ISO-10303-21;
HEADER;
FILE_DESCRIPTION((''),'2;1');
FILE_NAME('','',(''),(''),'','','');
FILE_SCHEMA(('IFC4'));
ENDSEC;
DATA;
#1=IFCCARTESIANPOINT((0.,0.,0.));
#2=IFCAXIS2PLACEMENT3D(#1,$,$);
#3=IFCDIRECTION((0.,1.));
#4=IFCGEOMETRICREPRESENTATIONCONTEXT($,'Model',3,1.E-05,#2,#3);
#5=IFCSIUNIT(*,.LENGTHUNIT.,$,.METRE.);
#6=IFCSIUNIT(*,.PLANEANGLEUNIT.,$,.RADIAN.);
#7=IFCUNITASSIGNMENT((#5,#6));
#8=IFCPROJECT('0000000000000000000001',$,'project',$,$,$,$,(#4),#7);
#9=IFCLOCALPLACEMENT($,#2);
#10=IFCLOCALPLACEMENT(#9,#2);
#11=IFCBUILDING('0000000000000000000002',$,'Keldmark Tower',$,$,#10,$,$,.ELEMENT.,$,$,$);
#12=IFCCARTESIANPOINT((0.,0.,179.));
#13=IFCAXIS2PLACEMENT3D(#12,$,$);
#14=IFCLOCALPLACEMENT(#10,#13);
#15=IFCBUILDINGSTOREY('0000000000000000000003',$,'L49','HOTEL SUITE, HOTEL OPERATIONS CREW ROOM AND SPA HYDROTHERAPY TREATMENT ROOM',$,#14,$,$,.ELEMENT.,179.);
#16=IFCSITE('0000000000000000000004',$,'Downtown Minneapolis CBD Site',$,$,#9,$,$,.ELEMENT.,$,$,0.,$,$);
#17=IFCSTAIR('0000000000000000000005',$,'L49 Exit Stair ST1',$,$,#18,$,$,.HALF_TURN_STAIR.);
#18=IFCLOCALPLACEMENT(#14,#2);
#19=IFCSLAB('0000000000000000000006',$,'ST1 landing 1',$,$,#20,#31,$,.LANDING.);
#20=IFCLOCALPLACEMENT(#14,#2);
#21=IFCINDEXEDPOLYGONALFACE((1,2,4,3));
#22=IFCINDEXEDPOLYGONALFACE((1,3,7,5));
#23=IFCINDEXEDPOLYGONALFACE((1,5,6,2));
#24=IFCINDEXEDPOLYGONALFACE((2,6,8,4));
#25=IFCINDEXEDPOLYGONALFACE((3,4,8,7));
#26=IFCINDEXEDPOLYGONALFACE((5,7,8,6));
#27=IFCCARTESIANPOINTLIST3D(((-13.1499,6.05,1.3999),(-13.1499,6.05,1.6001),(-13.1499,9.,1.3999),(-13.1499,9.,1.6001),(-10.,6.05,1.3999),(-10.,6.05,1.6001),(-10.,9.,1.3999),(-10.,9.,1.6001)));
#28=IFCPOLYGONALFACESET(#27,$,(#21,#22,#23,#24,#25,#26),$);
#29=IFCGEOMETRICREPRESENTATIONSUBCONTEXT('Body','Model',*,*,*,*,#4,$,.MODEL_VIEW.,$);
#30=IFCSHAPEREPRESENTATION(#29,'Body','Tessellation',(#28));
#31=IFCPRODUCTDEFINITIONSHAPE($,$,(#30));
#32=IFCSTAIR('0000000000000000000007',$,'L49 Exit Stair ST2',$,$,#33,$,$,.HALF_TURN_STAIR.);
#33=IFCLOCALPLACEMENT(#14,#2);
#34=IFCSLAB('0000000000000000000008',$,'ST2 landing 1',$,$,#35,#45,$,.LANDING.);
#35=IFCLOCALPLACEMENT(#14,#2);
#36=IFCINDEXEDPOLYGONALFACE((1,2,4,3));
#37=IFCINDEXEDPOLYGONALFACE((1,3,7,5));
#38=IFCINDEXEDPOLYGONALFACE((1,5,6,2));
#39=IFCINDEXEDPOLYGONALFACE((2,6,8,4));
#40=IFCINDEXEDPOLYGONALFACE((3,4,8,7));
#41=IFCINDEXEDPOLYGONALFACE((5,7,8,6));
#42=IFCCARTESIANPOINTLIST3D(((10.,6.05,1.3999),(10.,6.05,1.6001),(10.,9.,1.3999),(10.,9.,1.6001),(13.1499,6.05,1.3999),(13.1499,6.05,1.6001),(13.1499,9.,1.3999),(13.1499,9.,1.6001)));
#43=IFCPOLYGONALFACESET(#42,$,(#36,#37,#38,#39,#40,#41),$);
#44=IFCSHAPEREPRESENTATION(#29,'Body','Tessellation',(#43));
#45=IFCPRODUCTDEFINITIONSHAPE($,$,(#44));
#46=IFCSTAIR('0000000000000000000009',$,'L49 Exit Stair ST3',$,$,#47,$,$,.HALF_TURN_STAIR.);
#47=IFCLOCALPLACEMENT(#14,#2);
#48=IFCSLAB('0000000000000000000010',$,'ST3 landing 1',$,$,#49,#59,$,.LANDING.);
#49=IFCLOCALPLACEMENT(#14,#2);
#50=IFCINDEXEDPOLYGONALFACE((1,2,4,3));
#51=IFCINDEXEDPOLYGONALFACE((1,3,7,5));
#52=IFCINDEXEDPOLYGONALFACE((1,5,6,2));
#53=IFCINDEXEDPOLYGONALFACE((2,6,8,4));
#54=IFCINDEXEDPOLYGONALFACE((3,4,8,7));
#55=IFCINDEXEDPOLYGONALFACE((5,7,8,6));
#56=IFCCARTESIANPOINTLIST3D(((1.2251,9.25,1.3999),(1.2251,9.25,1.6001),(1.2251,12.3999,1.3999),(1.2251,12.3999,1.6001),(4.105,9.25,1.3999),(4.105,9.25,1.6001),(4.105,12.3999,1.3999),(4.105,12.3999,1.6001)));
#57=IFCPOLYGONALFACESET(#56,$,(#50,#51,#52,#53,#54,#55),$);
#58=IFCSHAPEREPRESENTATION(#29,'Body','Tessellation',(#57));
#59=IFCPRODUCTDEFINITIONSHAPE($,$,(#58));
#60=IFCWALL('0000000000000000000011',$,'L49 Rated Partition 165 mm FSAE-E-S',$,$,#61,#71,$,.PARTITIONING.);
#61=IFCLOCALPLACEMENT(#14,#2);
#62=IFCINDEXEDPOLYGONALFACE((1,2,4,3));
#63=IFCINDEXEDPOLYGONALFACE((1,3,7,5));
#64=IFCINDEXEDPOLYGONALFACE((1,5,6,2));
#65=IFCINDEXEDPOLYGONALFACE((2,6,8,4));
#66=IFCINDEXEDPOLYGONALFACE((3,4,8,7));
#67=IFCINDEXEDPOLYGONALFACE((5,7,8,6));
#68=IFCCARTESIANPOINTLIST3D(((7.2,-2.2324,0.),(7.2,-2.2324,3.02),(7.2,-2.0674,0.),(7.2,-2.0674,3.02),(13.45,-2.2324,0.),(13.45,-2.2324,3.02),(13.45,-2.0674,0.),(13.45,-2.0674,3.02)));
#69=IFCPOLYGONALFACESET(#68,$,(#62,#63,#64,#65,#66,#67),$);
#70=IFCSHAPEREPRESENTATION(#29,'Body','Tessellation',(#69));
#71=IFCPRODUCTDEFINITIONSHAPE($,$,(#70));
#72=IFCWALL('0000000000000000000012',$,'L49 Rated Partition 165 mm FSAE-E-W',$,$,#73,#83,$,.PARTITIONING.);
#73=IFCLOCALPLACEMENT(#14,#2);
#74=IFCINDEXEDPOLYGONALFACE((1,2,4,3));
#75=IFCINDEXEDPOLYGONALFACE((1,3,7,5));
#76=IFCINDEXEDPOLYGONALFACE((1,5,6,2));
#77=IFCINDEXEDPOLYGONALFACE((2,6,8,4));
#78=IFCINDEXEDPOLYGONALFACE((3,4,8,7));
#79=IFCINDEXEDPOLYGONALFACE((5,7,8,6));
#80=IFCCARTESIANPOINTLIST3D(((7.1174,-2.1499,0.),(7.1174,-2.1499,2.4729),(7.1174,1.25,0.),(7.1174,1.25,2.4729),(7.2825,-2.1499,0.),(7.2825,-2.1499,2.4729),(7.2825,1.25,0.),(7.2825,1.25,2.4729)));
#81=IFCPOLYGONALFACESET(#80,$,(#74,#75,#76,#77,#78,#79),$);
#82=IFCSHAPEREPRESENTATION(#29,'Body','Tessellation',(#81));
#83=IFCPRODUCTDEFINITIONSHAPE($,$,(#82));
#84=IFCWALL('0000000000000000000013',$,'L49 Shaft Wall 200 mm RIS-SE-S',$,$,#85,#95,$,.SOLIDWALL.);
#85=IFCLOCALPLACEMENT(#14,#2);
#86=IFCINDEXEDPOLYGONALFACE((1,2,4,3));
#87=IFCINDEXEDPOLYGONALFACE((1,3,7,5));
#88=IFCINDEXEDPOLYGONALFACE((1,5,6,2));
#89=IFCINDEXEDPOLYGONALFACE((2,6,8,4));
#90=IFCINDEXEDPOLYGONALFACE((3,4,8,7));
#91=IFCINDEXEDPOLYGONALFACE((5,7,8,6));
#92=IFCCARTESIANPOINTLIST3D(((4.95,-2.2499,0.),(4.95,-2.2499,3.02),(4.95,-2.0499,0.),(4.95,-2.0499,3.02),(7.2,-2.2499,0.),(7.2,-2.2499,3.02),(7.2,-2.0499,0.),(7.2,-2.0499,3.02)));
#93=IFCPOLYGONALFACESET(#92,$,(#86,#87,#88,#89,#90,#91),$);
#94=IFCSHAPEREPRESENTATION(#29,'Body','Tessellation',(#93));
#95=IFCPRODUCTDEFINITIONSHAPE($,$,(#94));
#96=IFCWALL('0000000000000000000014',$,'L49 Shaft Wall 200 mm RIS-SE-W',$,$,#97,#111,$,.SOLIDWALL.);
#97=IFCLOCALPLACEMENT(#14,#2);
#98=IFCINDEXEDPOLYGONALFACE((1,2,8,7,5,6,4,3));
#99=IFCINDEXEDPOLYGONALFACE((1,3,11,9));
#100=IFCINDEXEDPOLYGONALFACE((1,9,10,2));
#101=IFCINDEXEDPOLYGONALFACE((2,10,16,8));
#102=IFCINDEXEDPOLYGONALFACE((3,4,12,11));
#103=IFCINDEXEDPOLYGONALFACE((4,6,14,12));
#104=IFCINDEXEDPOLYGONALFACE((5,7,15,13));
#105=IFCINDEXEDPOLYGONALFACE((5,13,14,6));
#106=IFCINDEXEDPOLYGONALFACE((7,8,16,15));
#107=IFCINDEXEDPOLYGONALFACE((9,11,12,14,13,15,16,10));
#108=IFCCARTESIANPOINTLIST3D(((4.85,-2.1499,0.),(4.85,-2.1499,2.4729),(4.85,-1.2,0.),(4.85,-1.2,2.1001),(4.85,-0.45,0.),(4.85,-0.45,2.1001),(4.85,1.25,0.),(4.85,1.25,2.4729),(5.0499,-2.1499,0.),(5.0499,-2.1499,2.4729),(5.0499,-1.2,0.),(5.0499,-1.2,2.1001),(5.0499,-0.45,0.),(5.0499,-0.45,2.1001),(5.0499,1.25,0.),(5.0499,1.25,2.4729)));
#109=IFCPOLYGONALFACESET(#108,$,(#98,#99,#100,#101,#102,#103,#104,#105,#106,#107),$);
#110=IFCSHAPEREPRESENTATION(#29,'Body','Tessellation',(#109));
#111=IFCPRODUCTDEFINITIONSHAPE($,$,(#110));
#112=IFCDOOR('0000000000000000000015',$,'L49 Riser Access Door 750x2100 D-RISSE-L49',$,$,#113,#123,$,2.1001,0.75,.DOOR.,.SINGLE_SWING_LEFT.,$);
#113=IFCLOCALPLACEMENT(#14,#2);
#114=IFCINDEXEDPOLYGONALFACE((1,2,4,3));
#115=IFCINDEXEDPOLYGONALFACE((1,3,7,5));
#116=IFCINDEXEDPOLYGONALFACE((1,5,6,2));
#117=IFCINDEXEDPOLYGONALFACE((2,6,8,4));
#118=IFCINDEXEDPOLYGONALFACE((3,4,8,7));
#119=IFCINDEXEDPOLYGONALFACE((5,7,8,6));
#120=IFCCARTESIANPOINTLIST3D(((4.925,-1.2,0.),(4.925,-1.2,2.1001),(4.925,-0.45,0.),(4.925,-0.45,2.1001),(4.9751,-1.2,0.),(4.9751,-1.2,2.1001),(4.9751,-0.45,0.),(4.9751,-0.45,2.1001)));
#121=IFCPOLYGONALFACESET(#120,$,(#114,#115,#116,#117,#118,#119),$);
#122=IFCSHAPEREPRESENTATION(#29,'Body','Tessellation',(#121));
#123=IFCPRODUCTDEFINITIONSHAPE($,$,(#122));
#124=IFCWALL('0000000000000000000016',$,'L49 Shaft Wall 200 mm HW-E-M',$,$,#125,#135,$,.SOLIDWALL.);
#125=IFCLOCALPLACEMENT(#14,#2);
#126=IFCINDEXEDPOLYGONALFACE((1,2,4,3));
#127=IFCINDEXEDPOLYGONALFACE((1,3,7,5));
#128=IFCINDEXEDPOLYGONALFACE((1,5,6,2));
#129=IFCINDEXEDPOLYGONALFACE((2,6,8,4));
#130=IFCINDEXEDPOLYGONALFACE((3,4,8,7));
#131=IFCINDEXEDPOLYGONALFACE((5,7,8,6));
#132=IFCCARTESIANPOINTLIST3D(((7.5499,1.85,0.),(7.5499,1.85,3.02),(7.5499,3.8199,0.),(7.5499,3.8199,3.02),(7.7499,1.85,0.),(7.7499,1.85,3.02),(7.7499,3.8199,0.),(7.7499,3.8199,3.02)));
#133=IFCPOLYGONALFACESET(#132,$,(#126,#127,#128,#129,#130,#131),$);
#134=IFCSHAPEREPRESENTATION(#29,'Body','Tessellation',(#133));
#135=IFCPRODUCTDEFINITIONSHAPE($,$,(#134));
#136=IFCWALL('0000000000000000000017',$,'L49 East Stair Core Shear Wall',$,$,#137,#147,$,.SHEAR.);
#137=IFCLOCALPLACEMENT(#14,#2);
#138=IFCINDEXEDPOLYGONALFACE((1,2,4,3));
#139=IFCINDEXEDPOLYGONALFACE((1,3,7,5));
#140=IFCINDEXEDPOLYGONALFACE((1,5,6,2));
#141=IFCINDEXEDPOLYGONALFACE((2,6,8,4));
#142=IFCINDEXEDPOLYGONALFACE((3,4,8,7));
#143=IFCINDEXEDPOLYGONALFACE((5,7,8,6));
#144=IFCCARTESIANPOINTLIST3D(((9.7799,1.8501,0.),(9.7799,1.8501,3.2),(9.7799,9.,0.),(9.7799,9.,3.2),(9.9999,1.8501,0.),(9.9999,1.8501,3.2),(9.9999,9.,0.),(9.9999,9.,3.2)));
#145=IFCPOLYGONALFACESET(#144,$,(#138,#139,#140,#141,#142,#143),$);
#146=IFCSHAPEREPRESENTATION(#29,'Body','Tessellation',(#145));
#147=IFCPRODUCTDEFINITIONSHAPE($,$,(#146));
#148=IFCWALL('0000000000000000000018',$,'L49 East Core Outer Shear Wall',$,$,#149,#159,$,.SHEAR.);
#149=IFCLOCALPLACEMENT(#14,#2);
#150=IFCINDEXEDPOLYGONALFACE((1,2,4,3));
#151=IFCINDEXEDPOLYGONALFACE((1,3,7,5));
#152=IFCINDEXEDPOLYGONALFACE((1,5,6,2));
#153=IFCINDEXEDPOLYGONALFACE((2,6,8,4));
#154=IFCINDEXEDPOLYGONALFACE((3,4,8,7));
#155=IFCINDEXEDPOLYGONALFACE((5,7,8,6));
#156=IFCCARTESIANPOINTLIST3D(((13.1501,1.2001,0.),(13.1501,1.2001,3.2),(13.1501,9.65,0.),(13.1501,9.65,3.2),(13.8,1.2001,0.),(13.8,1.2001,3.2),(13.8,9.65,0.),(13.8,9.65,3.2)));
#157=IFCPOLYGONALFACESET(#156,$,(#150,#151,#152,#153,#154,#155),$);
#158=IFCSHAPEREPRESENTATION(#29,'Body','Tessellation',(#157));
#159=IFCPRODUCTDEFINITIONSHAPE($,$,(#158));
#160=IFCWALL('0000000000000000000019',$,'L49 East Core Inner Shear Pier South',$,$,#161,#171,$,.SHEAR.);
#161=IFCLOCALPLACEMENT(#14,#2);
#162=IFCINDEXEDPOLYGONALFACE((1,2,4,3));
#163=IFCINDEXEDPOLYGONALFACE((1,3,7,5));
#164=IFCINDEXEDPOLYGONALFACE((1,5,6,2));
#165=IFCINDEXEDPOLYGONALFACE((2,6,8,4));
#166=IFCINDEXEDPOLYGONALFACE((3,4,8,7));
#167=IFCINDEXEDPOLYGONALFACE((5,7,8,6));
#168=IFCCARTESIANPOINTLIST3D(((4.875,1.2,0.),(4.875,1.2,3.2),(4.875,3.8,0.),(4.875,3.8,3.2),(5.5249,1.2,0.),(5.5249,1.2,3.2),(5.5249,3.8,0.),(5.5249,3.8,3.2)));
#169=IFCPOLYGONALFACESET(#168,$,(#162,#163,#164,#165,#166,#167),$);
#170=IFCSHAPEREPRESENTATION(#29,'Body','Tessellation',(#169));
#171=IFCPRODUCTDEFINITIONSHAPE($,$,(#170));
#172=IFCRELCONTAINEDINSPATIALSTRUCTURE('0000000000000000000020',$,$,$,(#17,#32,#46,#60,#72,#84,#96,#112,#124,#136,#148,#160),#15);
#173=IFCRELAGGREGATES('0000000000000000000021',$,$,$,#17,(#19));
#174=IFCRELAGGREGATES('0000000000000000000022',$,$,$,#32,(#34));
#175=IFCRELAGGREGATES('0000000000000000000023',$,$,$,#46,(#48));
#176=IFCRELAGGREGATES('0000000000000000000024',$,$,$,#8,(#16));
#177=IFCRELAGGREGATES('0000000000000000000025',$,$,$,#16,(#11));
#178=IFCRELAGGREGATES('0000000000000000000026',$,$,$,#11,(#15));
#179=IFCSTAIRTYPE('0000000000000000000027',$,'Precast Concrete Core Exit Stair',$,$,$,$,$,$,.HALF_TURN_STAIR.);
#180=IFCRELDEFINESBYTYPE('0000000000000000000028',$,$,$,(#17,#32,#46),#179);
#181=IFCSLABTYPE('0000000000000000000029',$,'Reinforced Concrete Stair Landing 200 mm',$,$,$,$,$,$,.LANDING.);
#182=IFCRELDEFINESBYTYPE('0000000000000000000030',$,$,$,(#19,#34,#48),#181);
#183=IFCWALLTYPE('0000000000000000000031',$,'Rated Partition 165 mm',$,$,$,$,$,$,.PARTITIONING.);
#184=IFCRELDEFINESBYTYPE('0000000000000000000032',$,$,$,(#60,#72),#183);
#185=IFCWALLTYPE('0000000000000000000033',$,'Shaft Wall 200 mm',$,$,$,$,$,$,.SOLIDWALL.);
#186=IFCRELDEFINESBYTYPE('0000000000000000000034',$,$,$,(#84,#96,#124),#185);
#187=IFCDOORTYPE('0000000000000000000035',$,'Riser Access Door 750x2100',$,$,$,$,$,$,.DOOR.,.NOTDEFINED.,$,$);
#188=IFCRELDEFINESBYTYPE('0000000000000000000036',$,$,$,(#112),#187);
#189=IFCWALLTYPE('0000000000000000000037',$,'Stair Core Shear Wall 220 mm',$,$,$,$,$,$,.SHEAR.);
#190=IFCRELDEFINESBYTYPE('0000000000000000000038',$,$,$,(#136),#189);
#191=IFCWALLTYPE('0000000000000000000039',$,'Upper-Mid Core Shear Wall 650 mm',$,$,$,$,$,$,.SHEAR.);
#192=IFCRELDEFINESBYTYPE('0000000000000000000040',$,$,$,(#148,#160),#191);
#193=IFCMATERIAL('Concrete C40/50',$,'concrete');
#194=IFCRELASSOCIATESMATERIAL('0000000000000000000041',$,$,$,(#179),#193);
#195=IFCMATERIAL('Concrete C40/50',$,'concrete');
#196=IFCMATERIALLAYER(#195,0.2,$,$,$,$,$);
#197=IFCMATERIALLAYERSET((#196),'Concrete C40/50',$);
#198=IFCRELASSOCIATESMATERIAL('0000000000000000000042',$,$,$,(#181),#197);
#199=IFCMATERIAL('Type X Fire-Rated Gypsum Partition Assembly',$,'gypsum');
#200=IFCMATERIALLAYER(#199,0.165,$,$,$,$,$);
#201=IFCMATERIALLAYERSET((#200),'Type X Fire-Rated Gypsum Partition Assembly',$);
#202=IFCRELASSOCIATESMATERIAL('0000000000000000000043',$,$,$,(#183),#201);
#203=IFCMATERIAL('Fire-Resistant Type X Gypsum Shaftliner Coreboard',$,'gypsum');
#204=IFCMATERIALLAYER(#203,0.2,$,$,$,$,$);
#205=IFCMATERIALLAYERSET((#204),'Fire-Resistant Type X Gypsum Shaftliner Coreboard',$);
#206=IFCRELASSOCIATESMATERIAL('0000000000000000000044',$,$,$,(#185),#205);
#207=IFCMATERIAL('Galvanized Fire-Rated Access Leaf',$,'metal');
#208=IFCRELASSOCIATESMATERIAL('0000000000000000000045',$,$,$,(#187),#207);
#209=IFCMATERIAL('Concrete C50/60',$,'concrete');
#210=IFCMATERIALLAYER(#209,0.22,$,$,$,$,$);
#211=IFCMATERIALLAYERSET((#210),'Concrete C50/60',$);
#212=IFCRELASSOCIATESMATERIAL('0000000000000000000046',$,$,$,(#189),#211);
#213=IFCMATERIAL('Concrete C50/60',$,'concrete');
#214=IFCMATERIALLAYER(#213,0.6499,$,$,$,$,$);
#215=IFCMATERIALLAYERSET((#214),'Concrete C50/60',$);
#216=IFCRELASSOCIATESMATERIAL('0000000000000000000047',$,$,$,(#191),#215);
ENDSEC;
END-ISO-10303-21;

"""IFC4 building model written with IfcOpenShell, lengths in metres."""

from ifc_helpers import new_model, si_unit, direction, frame, frame_2d, origin, place, context, subcontext, project, spatial, polyline, rectangle, outline, extrude, material, layer, layer_set, type_object, element, fill, aggregate, save


model = new_model("IFC4")

# Units and contexts
model_context = context("Model", 3, precision=1e-05, world=origin(), true_north=direction((0.0, 1.0)))
body_context = subcontext(model_context, "Body", "Model", "MODEL_VIEW")
ifc_project = project(units=[si_unit("LENGTHUNIT", "METRE"), si_unit("PLANEANGLEUNIT", "RADIAN")], contexts=[model_context])

# Site, building, storey
site_placement = place(None, origin())
site = spatial("IfcSite", under=ifc_project, at=site_placement, Name="Downtown Minneapolis CBD Site", CompositionType="ELEMENT", RefElevation=0.0)
building_placement = place(site_placement, origin())
building = spatial("IfcBuilding", under=site, at=building_placement, Name="Keldmark Tower", CompositionType="ELEMENT")
storey_placement = place(building_placement, frame((0.0, 0.0, 179.0)))
storey = spatial("IfcBuildingStorey", under=building, at=storey_placement, Name="L49", Description="HOTEL SUITE, HOTEL OPERATIONS CREW ROOM AND SPA HYDROTHERAPY TREATMENT ROOM", CompositionType="ELEMENT", Elevation=179.0)

# Stairs, slabs
ifc_material_1 = material(Name="Concrete C40/50", Category="concrete")
stair_type = type_object("IfcStairType", Name="Precast Concrete Core Exit Stair", PredefinedType="HALF_TURN_STAIR", material=ifc_material_1)
stair_1_placement = place(storey_placement, origin())
stair_1 = element("IfcStair", 1, at=stair_1_placement, inside=storey, type_object=stair_type, Name="L49 Exit Stair ST1", PredefinedType="HALF_TURN_STAIR")
ifc_material_2 = material(Name="Concrete C40/50", Category="concrete")
ifc_layer_1 = layer(ifc_material_2, 0.2)
ifc_layer_set_1 = layer_set([ifc_layer_1], Name="Concrete C40/50")
slab_type_1 = type_object("IfcSlabType", Name="Reinforced Concrete Stair Landing 200 mm", PredefinedType="LANDING", material=ifc_layer_set_1)
slab_1_placement = place(storey_placement, frame((0.0, 0.0, 1.3999)))
slab_1 = element("IfcSlab", 2, at=slab_1_placement, type_object=slab_type_1, Name="ST1 landing 1", PredefinedType="LANDING", context=body_context, shape_type="SweptSolid", body=[
    extrude(outline(polyline([(-10.0, 6.05), (-10.0, 9.0), (-13.1499, 9.0), (-13.1499, 6.05), (-10.0, 6.05)])), origin(), (0.0, 0.0, 1.0), 0.2002),
])
aggregate(stair_1, [slab_1])
stair_2_placement = place(storey_placement, origin())
stair_2 = element("IfcStair", 3, at=stair_2_placement, inside=storey, type_object=stair_type, Name="L49 Exit Stair ST2", PredefinedType="HALF_TURN_STAIR")
slab_2_placement = place(storey_placement, frame((0.0, 0.0, 1.3999)))
slab_2 = element("IfcSlab", 4, at=slab_2_placement, type_object=slab_type_1, Name="ST2 landing 1", PredefinedType="LANDING", context=body_context, shape_type="SweptSolid", body=[
    extrude(outline(polyline([(13.1499, 6.05), (13.1499, 9.0), (10.0, 9.0), (10.0, 6.05), (13.1499, 6.05)])), origin(), (0.0, 0.0, 1.0), 0.2002),
])
aggregate(stair_2, [slab_2])
stair_3_placement = place(storey_placement, origin())
stair_3 = element("IfcStair", 5, at=stair_3_placement, inside=storey, type_object=stair_type, Name="L49 Exit Stair ST3", PredefinedType="HALF_TURN_STAIR")
slab_3_placement = place(storey_placement, frame((0.0, 0.0, 1.3999)))
slab_3 = element("IfcSlab", 6, at=slab_3_placement, type_object=slab_type_1, Name="ST3 landing 1", PredefinedType="LANDING", context=body_context, shape_type="SweptSolid", body=[
    extrude(outline(polyline([(1.2251, 9.25), (4.105, 9.25), (4.105, 12.3999), (1.2251, 12.3999), (1.2251, 9.25)])), origin(), (0.0, 0.0, 1.0), 0.2002),
])
aggregate(stair_3, [slab_3])

# Walls
ifc_material_3 = material(Name="Type X Fire-Rated Gypsum Partition Assembly", Category="gypsum")
ifc_layer_2 = layer(ifc_material_3, 0.165)
ifc_layer_set_2 = layer_set([ifc_layer_2], Name="Type X Fire-Rated Gypsum Partition Assembly")
wall_type_1 = type_object("IfcWallType", Name="Rated Partition 165 mm", PredefinedType="PARTITIONING", material=ifc_layer_set_2)
wall_1_placement = place(storey_placement, frame((7.2, -2.1499, 0.0), z_axis=(0.0, 0.0, 1.0), x_axis=(1.0, 0.0, 0.0)))
element("IfcWall", 7, at=wall_1_placement, inside=storey, type_object=wall_type_1, Name="L49 Rated Partition 165 mm FSAE-E-S", PredefinedType="PARTITIONING", context=body_context, shape_type="SweptSolid", body=[
    extrude(rectangle(XDim=6.25, YDim=0.165, at=frame_2d((3.125, 0.0))), origin(), (0.0, 0.0, 1.0), 3.02),
])
wall_2_placement = place(storey_placement, frame((7.2, -2.1499, 0.0), z_axis=(0.0, 0.0, 1.0), x_axis=(0.0, 1.0, 0.0)))
element("IfcWall", 8, at=wall_2_placement, inside=storey, type_object=wall_type_1, Name="L49 Rated Partition 165 mm FSAE-E-W", PredefinedType="PARTITIONING", context=body_context, shape_type="SweptSolid", body=[
    extrude(rectangle(XDim=3.3999, YDim=0.165, at=frame_2d((1.7, 0.0))), origin(), (0.0, 0.0, 1.0), 2.4729),
])

# Wall
ifc_material_4 = material(Name="Fire-Resistant Type X Gypsum Shaftliner Coreboard", Category="gypsum")
ifc_layer_3 = layer(ifc_material_4, 0.2)
ifc_layer_set_3 = layer_set([ifc_layer_3], Name="Fire-Resistant Type X Gypsum Shaftliner Coreboard")
wall_type_2 = type_object("IfcWallType", Name="Shaft Wall 200 mm", PredefinedType="SOLIDWALL", material=ifc_layer_set_3)
wall_3_placement = place(storey_placement, frame((4.95, -2.1499, 0.0), z_axis=(0.0, 0.0, 1.0), x_axis=(1.0, 0.0, 0.0)))
element("IfcWall", 9, at=wall_3_placement, inside=storey, type_object=wall_type_2, Name="L49 Shaft Wall 200 mm RIS-SE-S", PredefinedType="SOLIDWALL", context=body_context, shape_type="SweptSolid", body=[
    extrude(rectangle(XDim=2.25, YDim=0.2, at=frame_2d((1.125, 0.0))), origin(), (0.0, 0.0, 1.0), 3.02),
])

# Wall, opening, door
wall_4_placement = place(storey_placement, frame((4.95, -2.1499, 0.0), z_axis=(0.0, 0.0, 1.0), x_axis=(0.0, 1.0, 0.0)))
wall_4 = element("IfcWall", 10, at=wall_4_placement, inside=storey, type_object=wall_type_2, Name="L49 Shaft Wall 200 mm RIS-SE-W", PredefinedType="SOLIDWALL", context=body_context, shape_type="SweptSolid", body=[
    extrude(rectangle(XDim=3.3999, YDim=0.2, at=frame_2d((1.7, 0.0))), origin(), (0.0, 0.0, 1.0), 2.4729),
])
opening_1_placement = place(wall_4_placement, frame((0.95, 0.0, 0.0)))
opening_1 = element("IfcOpeningElement", 11, at=opening_1_placement, cuts=wall_4, PredefinedType="OPENING", context=body_context, shape_type="SweptSolid", body=[
    extrude(rectangle(XDim=0.75, YDim=2.1001, at=frame_2d((0.375, 1.05))), frame((0.0, 0.1099, 0.0), z_axis=(0.0, -1.0, 0.0), x_axis=(1.0, 0.0, 0.0)), (0.0, 0.0, 1.0), 0.22),
])
ifc_material_5 = material(Name="Galvanized Fire-Rated Access Leaf", Category="metal")
door_type_1 = type_object("IfcDoorType", Name="Riser Access Door 750x2100", OperationType="NOTDEFINED", PredefinedType="DOOR", material=ifc_material_5)
door_1_placement = place(opening_1_placement, origin())
door_1 = element("IfcDoor", 12, at=door_1_placement, inside=storey, type_object=door_type_1, Name="L49 Riser Access Door 750x2100 D-RISSE-L49", OperationType="SINGLE_SWING_LEFT", OverallHeight=2.1001, OverallWidth=0.75, PredefinedType="DOOR", context=body_context, shape_type="SweptSolid", body=[
    extrude(rectangle(XDim=0.75, YDim=2.1001, at=frame_2d((0.375, 1.05))), frame((0.0, 0.0249, 0.0), z_axis=(0.0, -1.0, 0.0), x_axis=(1.0, 0.0, 0.0)), (0.0, 0.0, 1.0), 0.05),
])
fill(opening_1, door_1)

# Walls
wall_5_placement = place(storey_placement, frame((7.6499, 1.8501, 0.0), z_axis=(0.0, 0.0, 1.0), x_axis=(0.0, 1.0, 0.0)))
element("IfcWall", 13, at=wall_5_placement, inside=storey, type_object=wall_type_2, Name="L49 Shaft Wall 200 mm HW-E-M", PredefinedType="SOLIDWALL", context=body_context, shape_type="SweptSolid", body=[
    extrude(rectangle(XDim=1.97, YDim=0.2, at=frame_2d((0.9849, 0.0))), origin(), (0.0, 0.0, 1.0), 3.02),
])
ifc_material_6 = material(Name="Concrete C50/60", Category="concrete")
ifc_layer_4 = layer(ifc_material_6, 0.22)
ifc_layer_set_4 = layer_set([ifc_layer_4], Name="Concrete C50/60")
wall_type_3 = type_object("IfcWallType", Name="Stair Core Shear Wall 220 mm", PredefinedType="SHEAR", material=ifc_layer_set_4)
wall_6_placement = place(storey_placement, frame((9.8899, 1.8501, 0.0), z_axis=(0.0, 0.0, 1.0), x_axis=(0.0, 1.0, 0.0)))
element("IfcWall", 14, at=wall_6_placement, inside=storey, type_object=wall_type_3, Name="L49 East Stair Core Shear Wall", PredefinedType="SHEAR", context=body_context, shape_type="SweptSolid", body=[
    extrude(rectangle(XDim=7.1499, YDim=0.22, at=frame_2d((3.575, 0.0))), origin(), (0.0, 0.0, 1.0), 3.2),
])
ifc_material_7 = material(Name="Concrete C50/60", Category="concrete")
ifc_layer_5 = layer(ifc_material_7, 0.6499)
ifc_layer_set_5 = layer_set([ifc_layer_5], Name="Concrete C50/60")
wall_type_4 = type_object("IfcWallType", Name="Upper-Mid Core Shear Wall 650 mm", PredefinedType="SHEAR", material=ifc_layer_set_5)
wall_7_placement = place(storey_placement, frame((13.4751, 1.2, 0.0), z_axis=(0.0, 0.0, 1.0), x_axis=(0.0, 1.0, 0.0)))
element("IfcWall", 15, at=wall_7_placement, inside=storey, type_object=wall_type_4, Name="L49 East Core Outer Shear Wall", PredefinedType="SHEAR", context=body_context, shape_type="SweptSolid", body=[
    extrude(rectangle(XDim=8.45, YDim=0.6499, at=frame_2d((4.2251, 0.0))), origin(), (0.0, 0.0, 1.0), 3.2),
])
wall_8_placement = place(storey_placement, frame((5.2, 1.2, 0.0), z_axis=(0.0, 0.0, 1.0), x_axis=(0.0, 1.0, 0.0)))
element("IfcWall", 16, at=wall_8_placement, inside=storey, type_object=wall_type_4, Name="L49 East Core Inner Shear Pier South", PredefinedType="SHEAR", context=body_context, shape_type="SweptSolid", body=[
    extrude(rectangle(XDim=2.6001, YDim=0.6499, at=frame_2d((1.3, 0.0))), origin(), (0.0, 0.0, 1.0), 3.2),
])

save(model, "model.ifc")
